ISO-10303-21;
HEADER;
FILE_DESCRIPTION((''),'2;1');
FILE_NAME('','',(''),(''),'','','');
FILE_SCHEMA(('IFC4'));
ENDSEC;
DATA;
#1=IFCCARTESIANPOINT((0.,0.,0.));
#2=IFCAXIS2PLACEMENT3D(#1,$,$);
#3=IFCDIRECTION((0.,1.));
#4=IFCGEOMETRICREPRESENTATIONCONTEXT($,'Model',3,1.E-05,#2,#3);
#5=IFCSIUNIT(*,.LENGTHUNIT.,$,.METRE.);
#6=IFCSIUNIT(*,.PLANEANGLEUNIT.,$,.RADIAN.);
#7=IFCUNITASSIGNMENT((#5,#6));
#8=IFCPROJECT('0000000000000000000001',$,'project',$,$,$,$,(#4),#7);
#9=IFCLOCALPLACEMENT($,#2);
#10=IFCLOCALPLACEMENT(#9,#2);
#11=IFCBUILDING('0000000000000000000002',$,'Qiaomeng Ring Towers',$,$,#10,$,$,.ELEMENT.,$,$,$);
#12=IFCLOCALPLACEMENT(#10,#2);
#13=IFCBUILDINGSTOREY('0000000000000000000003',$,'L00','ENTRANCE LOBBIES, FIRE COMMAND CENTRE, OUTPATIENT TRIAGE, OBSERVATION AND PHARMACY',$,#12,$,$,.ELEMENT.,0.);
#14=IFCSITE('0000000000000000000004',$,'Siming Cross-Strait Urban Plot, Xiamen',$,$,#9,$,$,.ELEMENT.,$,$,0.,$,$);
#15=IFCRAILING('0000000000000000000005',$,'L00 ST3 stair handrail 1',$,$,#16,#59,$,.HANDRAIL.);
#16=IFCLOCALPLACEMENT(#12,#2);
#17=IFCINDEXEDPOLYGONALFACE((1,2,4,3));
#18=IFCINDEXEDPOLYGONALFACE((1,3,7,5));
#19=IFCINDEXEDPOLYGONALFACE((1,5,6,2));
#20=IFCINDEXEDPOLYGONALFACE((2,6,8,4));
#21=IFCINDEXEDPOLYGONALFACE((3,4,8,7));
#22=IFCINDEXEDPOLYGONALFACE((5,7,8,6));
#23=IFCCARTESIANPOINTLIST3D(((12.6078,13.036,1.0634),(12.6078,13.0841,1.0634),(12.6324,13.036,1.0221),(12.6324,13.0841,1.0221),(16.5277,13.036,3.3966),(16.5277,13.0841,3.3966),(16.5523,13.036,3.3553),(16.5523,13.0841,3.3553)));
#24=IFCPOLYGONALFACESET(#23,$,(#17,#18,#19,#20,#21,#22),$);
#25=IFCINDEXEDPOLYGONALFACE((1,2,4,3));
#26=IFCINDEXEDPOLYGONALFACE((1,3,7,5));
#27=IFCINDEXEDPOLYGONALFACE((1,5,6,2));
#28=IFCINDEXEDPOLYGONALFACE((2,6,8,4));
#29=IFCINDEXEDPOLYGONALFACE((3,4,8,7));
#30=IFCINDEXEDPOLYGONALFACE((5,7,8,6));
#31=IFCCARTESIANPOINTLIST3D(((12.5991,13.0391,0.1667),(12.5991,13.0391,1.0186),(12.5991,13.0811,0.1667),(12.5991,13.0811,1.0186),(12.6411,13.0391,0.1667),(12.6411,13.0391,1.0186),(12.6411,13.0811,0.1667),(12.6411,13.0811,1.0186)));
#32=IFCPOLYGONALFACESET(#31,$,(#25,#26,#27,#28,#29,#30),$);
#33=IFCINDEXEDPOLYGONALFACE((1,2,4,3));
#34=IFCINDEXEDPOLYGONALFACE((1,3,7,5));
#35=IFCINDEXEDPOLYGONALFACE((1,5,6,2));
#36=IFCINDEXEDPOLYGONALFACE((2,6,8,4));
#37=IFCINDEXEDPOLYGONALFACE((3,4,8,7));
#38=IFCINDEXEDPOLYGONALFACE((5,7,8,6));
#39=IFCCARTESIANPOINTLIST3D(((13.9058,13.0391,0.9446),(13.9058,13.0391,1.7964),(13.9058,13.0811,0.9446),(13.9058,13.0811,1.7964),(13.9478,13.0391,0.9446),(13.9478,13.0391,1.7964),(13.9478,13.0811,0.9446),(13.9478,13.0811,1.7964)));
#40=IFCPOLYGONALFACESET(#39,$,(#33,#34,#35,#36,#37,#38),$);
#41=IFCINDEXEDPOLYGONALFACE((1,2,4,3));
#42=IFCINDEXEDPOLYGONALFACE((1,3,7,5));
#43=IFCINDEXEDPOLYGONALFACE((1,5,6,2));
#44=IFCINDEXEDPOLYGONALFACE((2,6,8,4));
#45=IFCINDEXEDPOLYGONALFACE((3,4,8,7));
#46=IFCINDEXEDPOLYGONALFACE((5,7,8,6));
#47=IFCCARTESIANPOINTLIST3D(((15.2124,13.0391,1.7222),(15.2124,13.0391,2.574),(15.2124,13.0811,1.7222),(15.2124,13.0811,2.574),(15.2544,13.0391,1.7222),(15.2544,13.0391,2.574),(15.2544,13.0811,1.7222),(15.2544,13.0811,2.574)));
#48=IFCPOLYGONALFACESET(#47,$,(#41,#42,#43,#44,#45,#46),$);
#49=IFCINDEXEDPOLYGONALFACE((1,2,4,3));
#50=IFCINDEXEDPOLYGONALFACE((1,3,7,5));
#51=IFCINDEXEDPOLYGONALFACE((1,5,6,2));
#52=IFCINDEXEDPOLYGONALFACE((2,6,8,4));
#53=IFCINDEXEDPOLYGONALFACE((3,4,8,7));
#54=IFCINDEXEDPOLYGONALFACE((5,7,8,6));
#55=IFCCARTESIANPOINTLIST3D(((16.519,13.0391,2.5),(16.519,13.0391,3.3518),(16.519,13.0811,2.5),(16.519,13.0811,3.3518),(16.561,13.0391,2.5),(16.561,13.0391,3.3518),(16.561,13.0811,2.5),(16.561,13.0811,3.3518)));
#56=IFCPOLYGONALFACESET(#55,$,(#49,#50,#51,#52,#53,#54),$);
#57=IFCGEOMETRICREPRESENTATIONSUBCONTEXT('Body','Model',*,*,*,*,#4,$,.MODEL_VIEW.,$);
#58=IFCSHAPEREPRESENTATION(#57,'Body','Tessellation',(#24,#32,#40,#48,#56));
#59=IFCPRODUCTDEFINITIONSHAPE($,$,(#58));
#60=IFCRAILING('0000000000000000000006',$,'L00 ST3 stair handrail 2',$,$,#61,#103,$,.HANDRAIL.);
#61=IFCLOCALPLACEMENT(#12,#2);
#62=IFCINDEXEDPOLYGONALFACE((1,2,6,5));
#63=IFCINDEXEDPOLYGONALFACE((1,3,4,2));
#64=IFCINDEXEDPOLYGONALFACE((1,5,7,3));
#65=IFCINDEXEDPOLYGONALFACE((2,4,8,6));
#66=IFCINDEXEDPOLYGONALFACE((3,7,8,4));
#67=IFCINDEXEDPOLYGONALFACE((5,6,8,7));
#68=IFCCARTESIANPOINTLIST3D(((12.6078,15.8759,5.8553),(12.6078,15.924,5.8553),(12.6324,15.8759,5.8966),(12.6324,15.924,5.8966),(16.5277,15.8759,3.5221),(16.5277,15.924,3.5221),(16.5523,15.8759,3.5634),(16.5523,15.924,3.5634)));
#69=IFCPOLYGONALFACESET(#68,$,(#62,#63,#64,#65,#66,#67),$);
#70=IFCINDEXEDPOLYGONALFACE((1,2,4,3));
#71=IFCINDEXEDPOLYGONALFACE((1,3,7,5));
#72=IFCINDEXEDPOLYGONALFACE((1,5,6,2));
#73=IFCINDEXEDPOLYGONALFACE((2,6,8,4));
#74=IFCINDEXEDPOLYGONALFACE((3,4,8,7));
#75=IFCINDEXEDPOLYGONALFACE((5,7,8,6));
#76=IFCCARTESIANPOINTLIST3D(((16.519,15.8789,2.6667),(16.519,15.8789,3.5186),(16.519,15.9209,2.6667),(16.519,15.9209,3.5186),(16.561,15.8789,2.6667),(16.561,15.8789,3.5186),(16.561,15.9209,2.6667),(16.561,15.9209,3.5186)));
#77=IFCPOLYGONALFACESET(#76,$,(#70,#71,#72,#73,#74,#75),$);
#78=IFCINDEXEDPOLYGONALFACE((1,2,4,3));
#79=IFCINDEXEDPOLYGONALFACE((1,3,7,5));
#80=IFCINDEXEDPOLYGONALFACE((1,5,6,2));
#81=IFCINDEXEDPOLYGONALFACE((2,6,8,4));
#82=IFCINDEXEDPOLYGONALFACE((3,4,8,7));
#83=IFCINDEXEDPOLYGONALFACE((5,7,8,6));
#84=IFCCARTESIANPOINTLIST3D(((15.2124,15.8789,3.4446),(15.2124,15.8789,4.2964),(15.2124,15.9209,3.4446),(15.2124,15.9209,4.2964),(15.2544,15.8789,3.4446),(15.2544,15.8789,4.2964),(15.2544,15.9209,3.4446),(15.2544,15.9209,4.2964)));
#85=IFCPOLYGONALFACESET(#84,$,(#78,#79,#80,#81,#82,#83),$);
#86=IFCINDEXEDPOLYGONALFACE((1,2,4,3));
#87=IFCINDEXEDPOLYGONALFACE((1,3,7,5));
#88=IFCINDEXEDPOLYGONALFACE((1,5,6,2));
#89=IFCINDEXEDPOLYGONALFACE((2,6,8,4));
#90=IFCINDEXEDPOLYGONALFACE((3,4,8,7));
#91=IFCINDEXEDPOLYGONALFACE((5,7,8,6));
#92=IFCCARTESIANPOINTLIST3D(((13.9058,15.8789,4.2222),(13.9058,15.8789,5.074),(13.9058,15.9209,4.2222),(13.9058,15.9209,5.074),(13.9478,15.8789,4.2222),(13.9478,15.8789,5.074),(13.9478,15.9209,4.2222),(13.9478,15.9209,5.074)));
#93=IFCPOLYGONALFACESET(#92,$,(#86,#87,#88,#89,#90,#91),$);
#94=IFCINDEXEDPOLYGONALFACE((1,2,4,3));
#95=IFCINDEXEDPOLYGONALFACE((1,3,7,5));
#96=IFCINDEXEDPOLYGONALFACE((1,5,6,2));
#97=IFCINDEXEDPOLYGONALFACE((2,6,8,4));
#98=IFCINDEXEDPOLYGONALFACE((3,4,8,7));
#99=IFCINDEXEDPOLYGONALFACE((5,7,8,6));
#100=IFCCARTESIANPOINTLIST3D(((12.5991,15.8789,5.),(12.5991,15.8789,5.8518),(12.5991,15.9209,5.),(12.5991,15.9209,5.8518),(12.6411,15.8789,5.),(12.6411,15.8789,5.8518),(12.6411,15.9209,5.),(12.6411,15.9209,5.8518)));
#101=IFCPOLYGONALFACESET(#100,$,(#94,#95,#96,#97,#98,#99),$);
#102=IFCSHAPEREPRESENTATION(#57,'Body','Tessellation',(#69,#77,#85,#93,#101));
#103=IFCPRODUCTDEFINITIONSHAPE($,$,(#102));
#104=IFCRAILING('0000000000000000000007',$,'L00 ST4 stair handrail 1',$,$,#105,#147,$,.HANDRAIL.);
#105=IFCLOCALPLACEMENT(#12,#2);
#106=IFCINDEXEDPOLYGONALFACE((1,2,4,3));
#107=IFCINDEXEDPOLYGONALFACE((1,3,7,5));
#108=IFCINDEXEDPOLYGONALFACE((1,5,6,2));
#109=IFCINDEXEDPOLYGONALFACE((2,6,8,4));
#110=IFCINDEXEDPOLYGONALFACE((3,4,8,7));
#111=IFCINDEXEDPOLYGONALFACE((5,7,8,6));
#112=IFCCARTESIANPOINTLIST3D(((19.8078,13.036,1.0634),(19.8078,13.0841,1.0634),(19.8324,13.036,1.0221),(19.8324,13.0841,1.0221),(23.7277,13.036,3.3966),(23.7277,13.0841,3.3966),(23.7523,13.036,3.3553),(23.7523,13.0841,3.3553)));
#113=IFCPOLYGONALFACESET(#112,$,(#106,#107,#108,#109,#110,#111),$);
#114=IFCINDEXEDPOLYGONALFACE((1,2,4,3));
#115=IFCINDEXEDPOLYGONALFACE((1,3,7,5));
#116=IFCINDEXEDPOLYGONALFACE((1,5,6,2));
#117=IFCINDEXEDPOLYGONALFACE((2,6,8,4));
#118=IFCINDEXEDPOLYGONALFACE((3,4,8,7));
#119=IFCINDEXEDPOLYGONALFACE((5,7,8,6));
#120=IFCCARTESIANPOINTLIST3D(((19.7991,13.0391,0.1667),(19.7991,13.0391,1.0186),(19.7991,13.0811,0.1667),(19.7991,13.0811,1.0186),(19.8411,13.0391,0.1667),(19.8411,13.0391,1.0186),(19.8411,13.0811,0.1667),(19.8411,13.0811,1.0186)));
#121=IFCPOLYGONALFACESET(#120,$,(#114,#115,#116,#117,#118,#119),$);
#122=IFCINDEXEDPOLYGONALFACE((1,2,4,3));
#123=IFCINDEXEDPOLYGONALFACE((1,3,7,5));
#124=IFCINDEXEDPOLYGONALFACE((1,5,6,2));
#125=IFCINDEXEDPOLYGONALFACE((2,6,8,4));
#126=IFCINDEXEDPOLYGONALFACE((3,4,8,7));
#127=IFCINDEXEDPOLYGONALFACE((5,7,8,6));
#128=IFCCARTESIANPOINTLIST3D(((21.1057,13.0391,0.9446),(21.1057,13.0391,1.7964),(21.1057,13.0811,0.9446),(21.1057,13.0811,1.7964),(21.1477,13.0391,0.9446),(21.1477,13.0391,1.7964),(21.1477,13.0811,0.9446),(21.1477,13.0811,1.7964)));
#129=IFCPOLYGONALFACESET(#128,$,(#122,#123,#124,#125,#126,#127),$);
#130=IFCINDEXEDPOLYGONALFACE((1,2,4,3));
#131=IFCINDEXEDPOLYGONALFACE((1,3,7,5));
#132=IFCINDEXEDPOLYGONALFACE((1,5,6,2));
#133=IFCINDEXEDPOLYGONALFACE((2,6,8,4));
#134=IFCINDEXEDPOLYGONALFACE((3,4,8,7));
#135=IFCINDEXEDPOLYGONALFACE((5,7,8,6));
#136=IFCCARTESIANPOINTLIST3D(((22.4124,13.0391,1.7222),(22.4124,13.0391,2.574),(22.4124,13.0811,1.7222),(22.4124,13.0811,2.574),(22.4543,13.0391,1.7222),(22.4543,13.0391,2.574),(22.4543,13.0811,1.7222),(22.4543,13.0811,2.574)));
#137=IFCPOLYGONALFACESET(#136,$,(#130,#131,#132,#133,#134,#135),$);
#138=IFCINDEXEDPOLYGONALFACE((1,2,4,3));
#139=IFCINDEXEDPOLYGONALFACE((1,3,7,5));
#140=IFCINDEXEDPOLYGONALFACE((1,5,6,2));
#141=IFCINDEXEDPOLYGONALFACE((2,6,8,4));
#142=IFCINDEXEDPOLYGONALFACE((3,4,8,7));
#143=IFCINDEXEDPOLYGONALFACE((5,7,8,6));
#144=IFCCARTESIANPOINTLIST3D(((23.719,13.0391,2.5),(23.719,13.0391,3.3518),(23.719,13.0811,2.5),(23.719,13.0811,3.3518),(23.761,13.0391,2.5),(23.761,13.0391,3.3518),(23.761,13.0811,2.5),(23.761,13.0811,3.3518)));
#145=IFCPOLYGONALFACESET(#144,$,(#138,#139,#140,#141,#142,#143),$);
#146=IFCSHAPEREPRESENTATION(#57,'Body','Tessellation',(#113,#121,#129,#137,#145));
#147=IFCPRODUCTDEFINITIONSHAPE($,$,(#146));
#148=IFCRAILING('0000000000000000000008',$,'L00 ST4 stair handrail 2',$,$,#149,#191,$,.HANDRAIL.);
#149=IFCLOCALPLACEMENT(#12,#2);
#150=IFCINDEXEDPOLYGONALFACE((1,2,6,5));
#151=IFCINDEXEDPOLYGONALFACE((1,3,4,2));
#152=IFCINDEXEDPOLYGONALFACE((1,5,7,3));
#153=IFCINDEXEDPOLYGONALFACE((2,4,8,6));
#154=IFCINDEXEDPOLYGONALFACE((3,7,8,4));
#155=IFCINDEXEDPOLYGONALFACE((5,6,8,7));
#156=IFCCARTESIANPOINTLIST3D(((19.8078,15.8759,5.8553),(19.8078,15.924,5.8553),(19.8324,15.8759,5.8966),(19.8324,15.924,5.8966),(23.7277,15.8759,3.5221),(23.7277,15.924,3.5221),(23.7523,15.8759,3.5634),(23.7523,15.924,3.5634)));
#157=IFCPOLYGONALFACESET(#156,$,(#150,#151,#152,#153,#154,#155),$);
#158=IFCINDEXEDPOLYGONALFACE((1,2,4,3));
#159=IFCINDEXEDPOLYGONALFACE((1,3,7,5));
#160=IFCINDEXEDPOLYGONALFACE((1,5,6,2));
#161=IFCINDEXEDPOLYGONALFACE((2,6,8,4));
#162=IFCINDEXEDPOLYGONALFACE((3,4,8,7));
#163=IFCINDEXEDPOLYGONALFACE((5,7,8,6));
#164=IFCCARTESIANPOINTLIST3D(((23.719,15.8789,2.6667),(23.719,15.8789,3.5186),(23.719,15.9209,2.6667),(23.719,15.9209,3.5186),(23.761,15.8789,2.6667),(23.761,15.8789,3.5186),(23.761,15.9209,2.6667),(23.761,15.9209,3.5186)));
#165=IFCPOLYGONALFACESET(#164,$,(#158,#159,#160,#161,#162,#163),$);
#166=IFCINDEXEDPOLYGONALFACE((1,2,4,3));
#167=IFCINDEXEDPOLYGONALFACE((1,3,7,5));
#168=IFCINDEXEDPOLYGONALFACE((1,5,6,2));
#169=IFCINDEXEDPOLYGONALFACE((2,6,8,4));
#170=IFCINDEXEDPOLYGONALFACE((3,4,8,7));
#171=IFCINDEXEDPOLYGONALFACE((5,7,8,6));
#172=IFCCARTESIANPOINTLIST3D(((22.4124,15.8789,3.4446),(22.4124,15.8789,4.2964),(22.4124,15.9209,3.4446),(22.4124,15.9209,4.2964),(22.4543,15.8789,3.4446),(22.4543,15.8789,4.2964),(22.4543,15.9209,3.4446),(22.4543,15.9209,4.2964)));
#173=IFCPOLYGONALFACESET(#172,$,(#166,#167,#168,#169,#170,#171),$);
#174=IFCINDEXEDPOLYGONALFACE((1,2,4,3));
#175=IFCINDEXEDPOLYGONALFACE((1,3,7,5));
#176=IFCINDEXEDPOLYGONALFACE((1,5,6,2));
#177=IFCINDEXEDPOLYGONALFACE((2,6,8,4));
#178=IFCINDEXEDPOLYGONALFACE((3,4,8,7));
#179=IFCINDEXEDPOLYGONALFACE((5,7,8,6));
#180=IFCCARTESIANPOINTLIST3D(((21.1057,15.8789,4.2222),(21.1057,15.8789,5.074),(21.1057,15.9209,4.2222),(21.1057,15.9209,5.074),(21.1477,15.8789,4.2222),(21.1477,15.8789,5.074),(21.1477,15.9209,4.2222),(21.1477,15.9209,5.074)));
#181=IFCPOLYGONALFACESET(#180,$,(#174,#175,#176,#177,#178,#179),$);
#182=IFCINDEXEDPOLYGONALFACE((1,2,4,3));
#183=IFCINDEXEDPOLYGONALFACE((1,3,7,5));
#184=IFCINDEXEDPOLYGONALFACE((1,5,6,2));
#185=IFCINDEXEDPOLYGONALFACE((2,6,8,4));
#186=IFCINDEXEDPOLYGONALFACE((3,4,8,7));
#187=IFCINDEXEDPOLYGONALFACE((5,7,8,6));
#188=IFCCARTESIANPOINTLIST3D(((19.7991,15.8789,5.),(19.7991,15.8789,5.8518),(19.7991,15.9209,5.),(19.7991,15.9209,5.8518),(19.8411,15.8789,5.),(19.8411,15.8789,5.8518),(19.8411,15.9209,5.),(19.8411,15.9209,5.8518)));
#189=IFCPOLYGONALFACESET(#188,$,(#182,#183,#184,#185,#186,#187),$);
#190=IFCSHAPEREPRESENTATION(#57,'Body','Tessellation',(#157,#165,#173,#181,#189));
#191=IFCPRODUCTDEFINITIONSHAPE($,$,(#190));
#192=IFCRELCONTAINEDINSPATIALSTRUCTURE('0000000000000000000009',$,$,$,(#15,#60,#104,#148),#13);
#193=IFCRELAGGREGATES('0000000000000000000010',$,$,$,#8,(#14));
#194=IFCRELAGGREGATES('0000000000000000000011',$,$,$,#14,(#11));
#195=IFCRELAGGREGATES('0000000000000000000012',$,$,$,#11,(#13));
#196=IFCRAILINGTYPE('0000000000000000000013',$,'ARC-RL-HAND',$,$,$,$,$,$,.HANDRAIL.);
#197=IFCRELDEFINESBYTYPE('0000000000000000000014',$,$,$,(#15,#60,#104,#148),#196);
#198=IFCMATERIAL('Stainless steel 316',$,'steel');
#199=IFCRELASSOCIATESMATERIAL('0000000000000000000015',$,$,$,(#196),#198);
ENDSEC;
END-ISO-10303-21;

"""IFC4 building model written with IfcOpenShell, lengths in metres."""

from ifc_helpers import new_model, si_unit, direction, frame, origin, origin_2d, place, context, subcontext, project, spatial, rectangle, extrude, material, type_object, element, save


model = new_model("IFC4")

# Units and contexts
model_context = context("Model", 3, precision=1e-05, world=origin(), true_north=direction((0.0, 1.0)))
body_context = subcontext(model_context, "Body", "Model", "MODEL_VIEW")
ifc_project = project(units=[si_unit("LENGTHUNIT", "METRE"), si_unit("PLANEANGLEUNIT", "RADIAN")], contexts=[model_context])

# Site, building, storey
site_placement = place(None, origin())
site = spatial("IfcSite", under=ifc_project, at=site_placement, Name="Siming Cross-Strait Urban Plot, Xiamen", CompositionType="ELEMENT", RefElevation=0.0)
building_placement = place(site_placement, origin())
building = spatial("IfcBuilding", under=site, at=building_placement, Name="Qiaomeng Ring Towers", CompositionType="ELEMENT")
storey_placement = place(building_placement, origin())
storey = spatial("IfcBuildingStorey", under=building, at=storey_placement, Name="L00", Description="ENTRANCE LOBBIES, FIRE COMMAND CENTRE, OUTPATIENT TRIAGE, OBSERVATION AND PHARMACY", CompositionType="ELEMENT", Elevation=0.0)

# Railings
ifc_material_1 = material(Name="Stainless steel 316", Category="steel")
railing_type_1 = type_object("IfcRailingType", Name="ARC-RL-HAND", PredefinedType="HANDRAIL", material=ifc_material_1)
railing_1_placement = place(storey_placement, frame((12.6201, 13.0601, 0.1667)))
element("IfcRailing", 1, at=railing_1_placement, inside=storey, type_object=railing_type_1, Name="L00 ST3 stair handrail 1", PredefinedType="HANDRAIL", context=body_context, shape_type="SweptSolid", body=[
    extrude(rectangle(XDim=0.0481, YDim=0.0481, at=origin_2d()), frame((0.0, 0.0, 0.876), z_axis=(0.859296, 0.0, 0.511478), x_axis=(0.0, 1.0, 0.0)), (0.0, 0.0, 1.0), 4.5618),
    extrude(rectangle(XDim=0.042, YDim=0.042, at=origin_2d()), origin(), (0.0, 0.0, 1.0), 0.8518),
    extrude(rectangle(XDim=0.042, YDim=0.042, at=origin_2d()), frame((1.3066, 0.0, 0.7778)), (0.0, 0.0, 1.0), 0.8518),
    extrude(rectangle(XDim=0.042, YDim=0.042, at=origin_2d()), frame((2.6133, 0.0, 1.5554)), (0.0, 0.0, 1.0), 0.8518),
    extrude(rectangle(XDim=0.042, YDim=0.042, at=origin_2d()), frame((3.9199, 0.0, 2.3333)), (0.0, 0.0, 1.0), 0.8518),
])
railing_2_placement = place(storey_placement, frame((16.54, 15.8999, 2.6667)))
element("IfcRailing", 2, at=railing_2_placement, inside=storey, type_object=railing_type_1, Name="L00 ST3 stair handrail 2", PredefinedType="HANDRAIL", context=body_context, shape_type="SweptSolid", body=[
    extrude(rectangle(XDim=0.0481, YDim=0.0481, at=origin_2d()), frame((0.0, 0.0, 0.876), z_axis=(-0.859296, 0.0, 0.511478), x_axis=(0.0, -1.0, 0.0)), (0.0, 0.0, 1.0), 4.5618),
    extrude(rectangle(XDim=0.042, YDim=0.042, at=origin_2d()), origin(), (0.0, 0.0, 1.0), 0.8518),
    extrude(rectangle(XDim=0.042, YDim=0.042, at=origin_2d()), frame((-1.3066, 0.0, 0.7778)), (0.0, 0.0, 1.0), 0.8518),
    extrude(rectangle(XDim=0.042, YDim=0.042, at=origin_2d()), frame((-2.6133, 0.0, 1.5554)), (0.0, 0.0, 1.0), 0.8518),
    extrude(rectangle(XDim=0.042, YDim=0.042, at=origin_2d()), frame((-3.9199, 0.0, 2.3333)), (0.0, 0.0, 1.0), 0.8518),
])
railing_3_placement = place(storey_placement, frame((19.8201, 13.0601, 0.1667)))
element("IfcRailing", 3, at=railing_3_placement, inside=storey, type_object=railing_type_1, Name="L00 ST4 stair handrail 1", PredefinedType="HANDRAIL", context=body_context, shape_type="SweptSolid", body=[
    extrude(rectangle(XDim=0.0481, YDim=0.0481, at=origin_2d()), frame((0.0, 0.0, 0.876), z_axis=(0.859296, 0.0, 0.511478), x_axis=(0.0, 1.0, 0.0)), (0.0, 0.0, 1.0), 4.5618),
    extrude(rectangle(XDim=0.042, YDim=0.042, at=origin_2d()), origin(), (0.0, 0.0, 1.0), 0.8518),
    extrude(rectangle(XDim=0.042, YDim=0.042, at=origin_2d()), frame((1.3066, 0.0, 0.7778)), (0.0, 0.0, 1.0), 0.8518),
    extrude(rectangle(XDim=0.042, YDim=0.042, at=origin_2d()), frame((2.6133, 0.0, 1.5554)), (0.0, 0.0, 1.0), 0.8518),
    extrude(rectangle(XDim=0.042, YDim=0.042, at=origin_2d()), frame((3.9199, 0.0, 2.3333)), (0.0, 0.0, 1.0), 0.8518),
])
railing_4_placement = place(storey_placement, frame((23.74, 15.8999, 2.6667)))
element("IfcRailing", 4, at=railing_4_placement, inside=storey, type_object=railing_type_1, Name="L00 ST4 stair handrail 2", PredefinedType="HANDRAIL", context=body_context, shape_type="SweptSolid", body=[
    extrude(rectangle(XDim=0.0481, YDim=0.0481, at=origin_2d()), frame((0.0, 0.0, 0.876), z_axis=(-0.859296, 0.0, 0.511478), x_axis=(0.0, -1.0, 0.0)), (0.0, 0.0, 1.0), 4.5618),
    extrude(rectangle(XDim=0.042, YDim=0.042, at=origin_2d()), origin(), (0.0, 0.0, 1.0), 0.8518),
    extrude(rectangle(XDim=0.042, YDim=0.042, at=origin_2d()), frame((-1.3066, 0.0, 0.7778)), (0.0, 0.0, 1.0), 0.8518),
    extrude(rectangle(XDim=0.042, YDim=0.042, at=origin_2d()), frame((-2.6133, 0.0, 1.5554)), (0.0, 0.0, 1.0), 0.8518),
    extrude(rectangle(XDim=0.042, YDim=0.042, at=origin_2d()), frame((-3.9199, 0.0, 2.3333)), (0.0, 0.0, 1.0), 0.8518),
])

save(model, "model.ifc")
